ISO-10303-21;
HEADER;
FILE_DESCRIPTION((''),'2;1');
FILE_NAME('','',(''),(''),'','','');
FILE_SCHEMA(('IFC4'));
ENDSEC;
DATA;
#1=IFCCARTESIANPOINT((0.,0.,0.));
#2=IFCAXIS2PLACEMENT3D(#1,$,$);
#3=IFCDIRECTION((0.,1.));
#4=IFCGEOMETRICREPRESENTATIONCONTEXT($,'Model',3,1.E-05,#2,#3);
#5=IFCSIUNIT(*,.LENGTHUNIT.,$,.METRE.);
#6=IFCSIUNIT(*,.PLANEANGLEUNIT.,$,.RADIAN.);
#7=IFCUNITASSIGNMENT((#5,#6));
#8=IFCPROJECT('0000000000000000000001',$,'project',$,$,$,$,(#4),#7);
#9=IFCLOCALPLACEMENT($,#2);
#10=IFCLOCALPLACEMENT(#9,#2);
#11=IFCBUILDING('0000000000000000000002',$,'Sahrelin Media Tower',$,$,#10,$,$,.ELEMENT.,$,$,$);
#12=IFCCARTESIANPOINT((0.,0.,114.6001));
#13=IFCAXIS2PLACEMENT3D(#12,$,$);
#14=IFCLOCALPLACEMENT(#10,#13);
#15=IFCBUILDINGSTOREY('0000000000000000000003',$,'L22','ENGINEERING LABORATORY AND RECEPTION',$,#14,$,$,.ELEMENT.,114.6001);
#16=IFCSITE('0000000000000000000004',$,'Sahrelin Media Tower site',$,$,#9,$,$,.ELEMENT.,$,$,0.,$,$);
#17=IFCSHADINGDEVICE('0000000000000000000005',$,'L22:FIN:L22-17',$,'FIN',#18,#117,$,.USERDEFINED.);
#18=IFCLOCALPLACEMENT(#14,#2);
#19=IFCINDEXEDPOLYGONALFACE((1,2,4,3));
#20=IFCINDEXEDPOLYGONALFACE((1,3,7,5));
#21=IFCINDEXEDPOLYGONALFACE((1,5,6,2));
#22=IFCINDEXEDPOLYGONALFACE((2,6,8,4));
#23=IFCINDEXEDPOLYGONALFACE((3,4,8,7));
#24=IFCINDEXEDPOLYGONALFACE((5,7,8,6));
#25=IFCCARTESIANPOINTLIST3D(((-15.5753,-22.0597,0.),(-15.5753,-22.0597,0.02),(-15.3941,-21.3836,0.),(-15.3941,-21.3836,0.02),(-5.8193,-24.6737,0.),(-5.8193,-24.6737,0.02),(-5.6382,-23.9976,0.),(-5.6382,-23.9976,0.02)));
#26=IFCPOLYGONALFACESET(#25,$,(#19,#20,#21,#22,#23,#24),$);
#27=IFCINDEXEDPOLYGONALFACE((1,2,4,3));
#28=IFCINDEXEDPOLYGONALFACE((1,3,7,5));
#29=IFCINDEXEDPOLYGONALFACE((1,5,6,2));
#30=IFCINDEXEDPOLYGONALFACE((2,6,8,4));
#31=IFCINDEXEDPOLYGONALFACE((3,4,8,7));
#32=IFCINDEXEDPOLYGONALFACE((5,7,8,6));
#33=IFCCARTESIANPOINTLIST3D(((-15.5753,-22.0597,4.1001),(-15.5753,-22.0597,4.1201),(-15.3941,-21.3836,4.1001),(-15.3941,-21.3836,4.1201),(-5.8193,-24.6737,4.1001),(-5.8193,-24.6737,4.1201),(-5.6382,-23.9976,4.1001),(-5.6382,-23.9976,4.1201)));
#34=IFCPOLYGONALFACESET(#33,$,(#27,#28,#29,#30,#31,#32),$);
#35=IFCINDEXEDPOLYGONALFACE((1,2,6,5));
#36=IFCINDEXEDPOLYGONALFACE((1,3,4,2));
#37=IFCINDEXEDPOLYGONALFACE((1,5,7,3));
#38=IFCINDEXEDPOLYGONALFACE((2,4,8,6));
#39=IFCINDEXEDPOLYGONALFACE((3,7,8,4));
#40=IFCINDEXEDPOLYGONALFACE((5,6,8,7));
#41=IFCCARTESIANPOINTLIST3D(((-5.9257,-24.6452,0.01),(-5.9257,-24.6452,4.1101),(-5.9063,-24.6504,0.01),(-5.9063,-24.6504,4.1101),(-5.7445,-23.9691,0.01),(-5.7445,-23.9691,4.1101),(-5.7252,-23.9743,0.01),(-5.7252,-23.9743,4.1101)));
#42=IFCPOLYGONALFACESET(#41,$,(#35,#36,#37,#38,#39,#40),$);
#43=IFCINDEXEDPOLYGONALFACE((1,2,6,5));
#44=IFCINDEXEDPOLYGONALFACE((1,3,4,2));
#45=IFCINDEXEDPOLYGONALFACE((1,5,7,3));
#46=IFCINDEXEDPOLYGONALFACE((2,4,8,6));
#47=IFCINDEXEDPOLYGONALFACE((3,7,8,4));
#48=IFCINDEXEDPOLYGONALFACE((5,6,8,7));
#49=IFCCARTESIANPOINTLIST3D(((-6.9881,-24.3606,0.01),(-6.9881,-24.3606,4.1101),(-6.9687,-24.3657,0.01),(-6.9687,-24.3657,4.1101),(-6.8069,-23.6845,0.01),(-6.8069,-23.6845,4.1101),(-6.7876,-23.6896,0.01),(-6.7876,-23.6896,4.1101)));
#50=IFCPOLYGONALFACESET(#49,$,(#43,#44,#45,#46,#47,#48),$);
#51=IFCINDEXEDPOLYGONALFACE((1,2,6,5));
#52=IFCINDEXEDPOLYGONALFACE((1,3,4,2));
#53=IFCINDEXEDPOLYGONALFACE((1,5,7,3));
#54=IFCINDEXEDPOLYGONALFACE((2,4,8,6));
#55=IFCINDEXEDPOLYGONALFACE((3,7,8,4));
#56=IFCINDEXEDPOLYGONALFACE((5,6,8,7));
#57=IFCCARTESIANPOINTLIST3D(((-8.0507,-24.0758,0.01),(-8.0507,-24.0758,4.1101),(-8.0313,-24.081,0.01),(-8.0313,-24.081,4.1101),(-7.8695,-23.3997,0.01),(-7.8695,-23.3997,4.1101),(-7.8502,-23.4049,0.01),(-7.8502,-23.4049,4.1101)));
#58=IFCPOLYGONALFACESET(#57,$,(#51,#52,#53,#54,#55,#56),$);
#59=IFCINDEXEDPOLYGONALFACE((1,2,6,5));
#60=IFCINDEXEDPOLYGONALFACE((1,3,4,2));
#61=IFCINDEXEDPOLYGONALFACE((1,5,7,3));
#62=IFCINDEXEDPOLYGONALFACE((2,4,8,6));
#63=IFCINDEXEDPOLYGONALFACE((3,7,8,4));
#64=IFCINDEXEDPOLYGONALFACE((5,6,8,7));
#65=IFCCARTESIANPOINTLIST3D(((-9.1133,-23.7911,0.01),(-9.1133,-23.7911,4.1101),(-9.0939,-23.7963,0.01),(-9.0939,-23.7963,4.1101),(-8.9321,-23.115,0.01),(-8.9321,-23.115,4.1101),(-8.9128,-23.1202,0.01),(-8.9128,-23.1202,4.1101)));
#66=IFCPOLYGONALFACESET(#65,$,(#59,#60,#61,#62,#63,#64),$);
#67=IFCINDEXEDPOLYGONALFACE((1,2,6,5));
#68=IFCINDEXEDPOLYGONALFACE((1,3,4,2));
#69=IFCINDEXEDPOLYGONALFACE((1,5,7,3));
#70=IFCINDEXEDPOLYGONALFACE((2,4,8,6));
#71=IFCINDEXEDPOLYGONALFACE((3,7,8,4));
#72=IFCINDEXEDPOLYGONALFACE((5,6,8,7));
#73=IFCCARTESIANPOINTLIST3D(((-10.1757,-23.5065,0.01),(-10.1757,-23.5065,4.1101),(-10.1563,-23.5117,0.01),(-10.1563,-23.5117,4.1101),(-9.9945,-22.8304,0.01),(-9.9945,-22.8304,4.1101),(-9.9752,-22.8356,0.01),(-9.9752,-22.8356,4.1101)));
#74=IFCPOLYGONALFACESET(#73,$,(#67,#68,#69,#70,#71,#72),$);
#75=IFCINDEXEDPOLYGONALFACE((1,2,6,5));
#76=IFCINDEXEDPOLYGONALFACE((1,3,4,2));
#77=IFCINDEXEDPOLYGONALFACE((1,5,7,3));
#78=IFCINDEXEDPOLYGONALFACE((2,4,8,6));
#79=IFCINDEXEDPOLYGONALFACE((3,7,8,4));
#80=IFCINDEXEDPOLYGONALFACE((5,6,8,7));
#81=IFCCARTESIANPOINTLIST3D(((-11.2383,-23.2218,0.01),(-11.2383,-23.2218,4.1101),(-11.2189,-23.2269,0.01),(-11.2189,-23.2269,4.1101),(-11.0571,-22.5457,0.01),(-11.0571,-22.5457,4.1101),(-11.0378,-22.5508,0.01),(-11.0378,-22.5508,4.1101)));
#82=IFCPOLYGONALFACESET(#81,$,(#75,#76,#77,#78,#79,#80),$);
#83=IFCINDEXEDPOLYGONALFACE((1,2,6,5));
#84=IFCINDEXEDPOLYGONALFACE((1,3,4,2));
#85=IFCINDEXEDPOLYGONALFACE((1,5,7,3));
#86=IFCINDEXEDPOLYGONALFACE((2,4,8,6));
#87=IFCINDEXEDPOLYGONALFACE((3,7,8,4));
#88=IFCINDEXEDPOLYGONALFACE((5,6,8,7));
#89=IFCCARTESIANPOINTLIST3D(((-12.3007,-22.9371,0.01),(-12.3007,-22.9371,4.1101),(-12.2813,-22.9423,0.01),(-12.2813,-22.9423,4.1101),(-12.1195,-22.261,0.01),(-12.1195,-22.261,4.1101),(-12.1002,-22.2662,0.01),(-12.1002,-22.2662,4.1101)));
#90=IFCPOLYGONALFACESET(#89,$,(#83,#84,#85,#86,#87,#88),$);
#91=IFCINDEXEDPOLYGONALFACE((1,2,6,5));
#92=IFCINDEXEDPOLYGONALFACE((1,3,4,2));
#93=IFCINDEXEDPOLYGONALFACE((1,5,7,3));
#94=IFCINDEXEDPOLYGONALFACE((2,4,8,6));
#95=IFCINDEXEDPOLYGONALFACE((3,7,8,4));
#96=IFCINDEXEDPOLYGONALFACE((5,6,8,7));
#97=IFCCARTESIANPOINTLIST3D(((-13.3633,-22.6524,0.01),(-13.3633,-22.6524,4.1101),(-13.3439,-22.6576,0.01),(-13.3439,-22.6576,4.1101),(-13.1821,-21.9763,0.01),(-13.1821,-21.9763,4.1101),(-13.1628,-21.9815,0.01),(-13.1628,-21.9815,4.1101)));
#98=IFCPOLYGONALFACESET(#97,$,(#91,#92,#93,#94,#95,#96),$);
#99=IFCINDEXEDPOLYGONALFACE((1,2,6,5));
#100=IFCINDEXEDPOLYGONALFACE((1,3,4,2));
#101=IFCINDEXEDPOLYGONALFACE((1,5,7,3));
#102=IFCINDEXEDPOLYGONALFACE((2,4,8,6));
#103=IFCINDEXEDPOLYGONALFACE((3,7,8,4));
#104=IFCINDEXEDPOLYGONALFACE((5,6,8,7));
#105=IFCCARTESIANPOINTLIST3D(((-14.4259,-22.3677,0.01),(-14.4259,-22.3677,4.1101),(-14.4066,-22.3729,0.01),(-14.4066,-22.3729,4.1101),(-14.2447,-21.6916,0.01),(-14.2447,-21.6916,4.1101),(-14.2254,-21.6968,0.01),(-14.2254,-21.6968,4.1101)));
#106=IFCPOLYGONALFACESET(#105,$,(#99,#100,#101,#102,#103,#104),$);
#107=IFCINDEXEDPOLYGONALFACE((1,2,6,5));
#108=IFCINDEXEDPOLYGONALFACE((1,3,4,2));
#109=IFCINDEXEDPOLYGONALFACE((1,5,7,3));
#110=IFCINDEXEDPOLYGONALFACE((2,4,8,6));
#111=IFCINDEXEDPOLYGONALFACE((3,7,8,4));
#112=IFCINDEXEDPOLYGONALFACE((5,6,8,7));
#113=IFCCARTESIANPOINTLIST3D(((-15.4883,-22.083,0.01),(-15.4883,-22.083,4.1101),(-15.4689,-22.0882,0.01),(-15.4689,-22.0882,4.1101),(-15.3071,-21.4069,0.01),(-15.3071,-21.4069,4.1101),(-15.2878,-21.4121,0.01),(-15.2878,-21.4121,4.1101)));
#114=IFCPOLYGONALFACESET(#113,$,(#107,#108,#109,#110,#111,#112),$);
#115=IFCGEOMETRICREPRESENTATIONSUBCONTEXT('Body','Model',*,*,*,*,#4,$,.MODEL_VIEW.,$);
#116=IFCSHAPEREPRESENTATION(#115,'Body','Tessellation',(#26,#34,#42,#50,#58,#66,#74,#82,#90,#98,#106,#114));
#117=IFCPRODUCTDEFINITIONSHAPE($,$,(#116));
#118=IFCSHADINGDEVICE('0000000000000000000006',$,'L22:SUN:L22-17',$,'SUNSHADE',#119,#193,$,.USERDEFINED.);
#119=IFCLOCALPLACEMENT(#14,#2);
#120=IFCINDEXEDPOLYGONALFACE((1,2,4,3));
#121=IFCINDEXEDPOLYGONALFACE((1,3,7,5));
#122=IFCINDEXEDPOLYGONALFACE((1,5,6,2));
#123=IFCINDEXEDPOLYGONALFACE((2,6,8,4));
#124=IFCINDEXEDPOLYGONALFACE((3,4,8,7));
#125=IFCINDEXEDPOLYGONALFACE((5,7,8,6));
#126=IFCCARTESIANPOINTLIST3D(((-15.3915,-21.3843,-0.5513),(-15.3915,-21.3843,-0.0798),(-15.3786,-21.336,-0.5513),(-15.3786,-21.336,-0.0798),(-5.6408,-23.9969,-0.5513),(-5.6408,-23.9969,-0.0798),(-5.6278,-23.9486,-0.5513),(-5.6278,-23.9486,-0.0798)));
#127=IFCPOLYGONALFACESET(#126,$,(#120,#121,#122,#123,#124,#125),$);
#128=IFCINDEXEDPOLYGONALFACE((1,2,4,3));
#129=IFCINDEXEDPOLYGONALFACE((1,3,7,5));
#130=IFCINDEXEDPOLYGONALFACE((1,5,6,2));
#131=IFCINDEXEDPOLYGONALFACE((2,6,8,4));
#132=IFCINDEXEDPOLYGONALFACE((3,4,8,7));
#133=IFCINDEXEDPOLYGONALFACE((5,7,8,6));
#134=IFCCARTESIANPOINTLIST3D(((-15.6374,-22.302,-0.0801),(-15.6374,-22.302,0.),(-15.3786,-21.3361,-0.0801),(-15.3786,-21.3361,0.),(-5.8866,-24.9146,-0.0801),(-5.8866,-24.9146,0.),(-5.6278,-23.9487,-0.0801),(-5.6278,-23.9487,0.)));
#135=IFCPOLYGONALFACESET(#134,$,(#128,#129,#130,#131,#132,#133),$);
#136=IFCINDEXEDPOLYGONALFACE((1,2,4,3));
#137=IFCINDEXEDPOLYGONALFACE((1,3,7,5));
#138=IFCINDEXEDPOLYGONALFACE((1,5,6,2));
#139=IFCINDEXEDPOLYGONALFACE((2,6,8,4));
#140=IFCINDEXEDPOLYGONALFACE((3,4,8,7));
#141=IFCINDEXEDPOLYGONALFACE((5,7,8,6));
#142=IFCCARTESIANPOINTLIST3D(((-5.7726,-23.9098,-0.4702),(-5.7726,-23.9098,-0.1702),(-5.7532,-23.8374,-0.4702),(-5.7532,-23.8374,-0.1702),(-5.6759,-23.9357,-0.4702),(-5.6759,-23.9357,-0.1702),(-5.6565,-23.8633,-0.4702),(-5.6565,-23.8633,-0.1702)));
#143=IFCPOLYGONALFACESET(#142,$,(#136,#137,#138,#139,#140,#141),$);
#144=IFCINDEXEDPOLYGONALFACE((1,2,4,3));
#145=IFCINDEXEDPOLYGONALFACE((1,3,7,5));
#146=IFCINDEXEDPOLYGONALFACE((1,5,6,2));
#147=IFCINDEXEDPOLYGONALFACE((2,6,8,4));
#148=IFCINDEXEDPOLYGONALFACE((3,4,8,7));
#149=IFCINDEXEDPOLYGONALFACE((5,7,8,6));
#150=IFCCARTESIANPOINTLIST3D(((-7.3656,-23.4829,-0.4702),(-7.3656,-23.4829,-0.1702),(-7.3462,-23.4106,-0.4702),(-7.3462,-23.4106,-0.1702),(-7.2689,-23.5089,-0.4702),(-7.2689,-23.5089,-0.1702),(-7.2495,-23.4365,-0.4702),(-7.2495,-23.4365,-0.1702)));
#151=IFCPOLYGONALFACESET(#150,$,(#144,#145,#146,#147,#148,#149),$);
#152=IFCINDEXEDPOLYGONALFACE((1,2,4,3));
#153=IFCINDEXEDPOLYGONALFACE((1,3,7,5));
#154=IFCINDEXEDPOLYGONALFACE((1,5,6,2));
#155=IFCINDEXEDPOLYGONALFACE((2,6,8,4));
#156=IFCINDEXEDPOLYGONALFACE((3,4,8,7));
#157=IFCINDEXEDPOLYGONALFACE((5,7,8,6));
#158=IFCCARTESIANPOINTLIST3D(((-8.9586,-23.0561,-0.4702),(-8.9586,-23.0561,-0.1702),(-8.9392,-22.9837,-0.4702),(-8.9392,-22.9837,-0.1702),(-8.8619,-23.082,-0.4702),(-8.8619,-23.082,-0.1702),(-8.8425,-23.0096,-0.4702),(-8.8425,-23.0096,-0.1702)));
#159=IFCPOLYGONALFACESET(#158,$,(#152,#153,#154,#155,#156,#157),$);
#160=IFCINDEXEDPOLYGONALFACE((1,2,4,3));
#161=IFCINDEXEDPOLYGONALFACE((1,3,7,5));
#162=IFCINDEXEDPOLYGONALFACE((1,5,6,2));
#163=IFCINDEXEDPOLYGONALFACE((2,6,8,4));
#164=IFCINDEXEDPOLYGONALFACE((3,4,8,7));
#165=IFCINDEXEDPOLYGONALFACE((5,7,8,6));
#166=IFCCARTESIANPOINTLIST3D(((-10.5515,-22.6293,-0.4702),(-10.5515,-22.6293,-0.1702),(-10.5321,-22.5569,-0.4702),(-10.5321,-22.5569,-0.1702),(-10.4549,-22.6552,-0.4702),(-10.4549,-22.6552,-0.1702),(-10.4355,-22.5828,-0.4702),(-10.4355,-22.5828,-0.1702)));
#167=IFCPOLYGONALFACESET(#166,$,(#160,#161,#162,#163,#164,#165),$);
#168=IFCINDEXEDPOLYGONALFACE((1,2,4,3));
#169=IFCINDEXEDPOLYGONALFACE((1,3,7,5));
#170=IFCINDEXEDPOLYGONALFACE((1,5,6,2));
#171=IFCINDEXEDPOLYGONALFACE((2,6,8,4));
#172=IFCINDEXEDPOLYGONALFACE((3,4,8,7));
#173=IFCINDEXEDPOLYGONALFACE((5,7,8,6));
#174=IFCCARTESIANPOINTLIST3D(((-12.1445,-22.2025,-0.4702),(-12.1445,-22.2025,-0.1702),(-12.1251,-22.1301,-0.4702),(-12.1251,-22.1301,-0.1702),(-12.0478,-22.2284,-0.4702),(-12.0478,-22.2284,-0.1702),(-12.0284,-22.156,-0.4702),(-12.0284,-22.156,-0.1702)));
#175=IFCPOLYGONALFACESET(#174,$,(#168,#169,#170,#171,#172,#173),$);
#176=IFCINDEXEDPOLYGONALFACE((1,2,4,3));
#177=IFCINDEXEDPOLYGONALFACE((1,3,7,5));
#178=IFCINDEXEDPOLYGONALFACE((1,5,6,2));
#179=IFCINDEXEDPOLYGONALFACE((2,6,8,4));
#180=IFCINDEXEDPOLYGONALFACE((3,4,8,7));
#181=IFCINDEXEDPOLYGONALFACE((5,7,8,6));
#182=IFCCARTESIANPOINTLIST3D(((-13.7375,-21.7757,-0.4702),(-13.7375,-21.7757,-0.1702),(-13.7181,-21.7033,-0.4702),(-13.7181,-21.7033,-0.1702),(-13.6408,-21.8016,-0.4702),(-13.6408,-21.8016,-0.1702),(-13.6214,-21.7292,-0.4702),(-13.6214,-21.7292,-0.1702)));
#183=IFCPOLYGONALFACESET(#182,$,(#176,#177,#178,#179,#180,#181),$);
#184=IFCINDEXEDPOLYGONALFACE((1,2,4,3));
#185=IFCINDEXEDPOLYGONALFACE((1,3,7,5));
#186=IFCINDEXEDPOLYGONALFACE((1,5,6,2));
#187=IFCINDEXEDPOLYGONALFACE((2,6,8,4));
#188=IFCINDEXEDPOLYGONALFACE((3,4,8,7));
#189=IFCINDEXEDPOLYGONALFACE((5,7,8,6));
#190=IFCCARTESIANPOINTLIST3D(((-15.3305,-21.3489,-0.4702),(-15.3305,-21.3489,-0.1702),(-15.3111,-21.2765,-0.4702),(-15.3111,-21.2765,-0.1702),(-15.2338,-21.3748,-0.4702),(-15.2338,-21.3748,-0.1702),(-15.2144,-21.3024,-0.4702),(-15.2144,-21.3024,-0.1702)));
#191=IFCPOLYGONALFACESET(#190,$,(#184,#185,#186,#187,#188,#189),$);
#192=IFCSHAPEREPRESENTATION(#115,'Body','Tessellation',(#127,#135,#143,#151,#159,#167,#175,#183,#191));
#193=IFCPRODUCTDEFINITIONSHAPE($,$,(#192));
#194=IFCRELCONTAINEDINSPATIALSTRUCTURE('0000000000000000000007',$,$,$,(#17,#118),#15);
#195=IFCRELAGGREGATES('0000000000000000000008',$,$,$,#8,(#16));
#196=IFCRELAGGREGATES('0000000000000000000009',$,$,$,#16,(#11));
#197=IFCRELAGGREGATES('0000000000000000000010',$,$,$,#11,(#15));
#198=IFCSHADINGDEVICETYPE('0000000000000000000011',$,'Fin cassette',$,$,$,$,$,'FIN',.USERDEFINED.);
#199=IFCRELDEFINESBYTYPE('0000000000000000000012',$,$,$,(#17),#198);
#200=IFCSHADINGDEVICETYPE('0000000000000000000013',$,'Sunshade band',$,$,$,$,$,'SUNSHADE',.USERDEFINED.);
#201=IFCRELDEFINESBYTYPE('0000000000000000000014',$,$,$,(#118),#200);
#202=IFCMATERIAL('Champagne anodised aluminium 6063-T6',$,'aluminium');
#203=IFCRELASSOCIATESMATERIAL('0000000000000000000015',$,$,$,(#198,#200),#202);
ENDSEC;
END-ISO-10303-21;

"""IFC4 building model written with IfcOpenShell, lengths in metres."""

from ifc_helpers import new_model, si_unit, direction, frame, origin, origin_2d, place, context, subcontext, project, spatial, rectangle, extrude, material, type_object, element, save


model = new_model("IFC4")

# Units and contexts
model_context = context("Model", 3, precision=1e-05, world=origin(), true_north=direction((0.0, 1.0)))
body_context = subcontext(model_context, "Body", "Model", "MODEL_VIEW")
ifc_project = project(units=[si_unit("LENGTHUNIT", "METRE"), si_unit("PLANEANGLEUNIT", "RADIAN")], contexts=[model_context])

# Site, building, storey
site_placement = place(None, origin())
site = spatial("IfcSite", under=ifc_project, at=site_placement, Name="Sahrelin Media Tower site", CompositionType="ELEMENT", RefElevation=0.0)
building_placement = place(site_placement, origin())
building = spatial("IfcBuilding", under=site, at=building_placement, Name="Sahrelin Media Tower", CompositionType="ELEMENT")
storey_placement = place(building_placement, frame((0.0, 0.0, 114.6001)))
storey = spatial("IfcBuildingStorey", under=building, at=storey_placement, Name="L22", Description="ENGINEERING LABORATORY AND RECEPTION", CompositionType="ELEMENT", Elevation=114.6001)

# Shared definitions
ifc_material_1 = material(Name="Champagne anodised aluminium 6063-T6", Category="aluminium")

# Shading devices
shading_device_type_1 = type_object("IfcShadingDeviceType", Name="Fin cassette", ElementType="FIN", PredefinedType="USERDEFINED", material=ifc_material_1)
placement = place(storey_placement, frame((-10.498, -22.623, 0.0), z_axis=(0.0, 0.0, 1.0), x_axis=(-0.965929, 0.258808, 0.0)))
element("IfcShadingDevice", 1, at=placement, inside=storey, type_object=shading_device_type_1, Name="L22:FIN:L22-17", ObjectType="FIN", PredefinedType="USERDEFINED", context=body_context, shape_type="SweptSolid", body=[
    extrude(rectangle(XDim=10.1001, YDim=0.7, at=origin_2d()), frame((0.0, 0.4199, 0.0)), (0.0, 0.0, 1.0), 0.02),
    extrude(rectangle(XDim=10.1001, YDim=0.7, at=origin_2d()), frame((0.0, 0.4199, 4.1001)), (0.0, 0.0, 1.0), 0.02),
    extrude(rectangle(XDim=0.02, YDim=0.7, at=origin_2d()), frame((-4.95, 0.4199, 0.01), z_axis=(0.0, 0.0, 1.0), x_axis=(1.0, 0.0, 0.0)), (0.0, 0.0, 1.0), 4.1001),
    extrude(rectangle(XDim=0.02, YDim=0.7, at=origin_2d()), frame((-3.8501, 0.4199, 0.01), z_axis=(0.0, 0.0, 1.0), x_axis=(1.0, 0.0, 0.0)), (0.0, 0.0, 1.0), 4.1001),
    extrude(rectangle(XDim=0.02, YDim=0.7, at=origin_2d()), frame((-2.75, 0.4199, 0.01), z_axis=(0.0, 0.0, 1.0), x_axis=(1.0, 0.0, 0.0)), (0.0, 0.0, 1.0), 4.1001),
    extrude(rectangle(XDim=0.02, YDim=0.7, at=origin_2d()), frame((-1.6499, 0.4199, 0.01), z_axis=(0.0, 0.0, 1.0), x_axis=(1.0, 0.0, 0.0)), (0.0, 0.0, 1.0), 4.1001),
    extrude(rectangle(XDim=0.02, YDim=0.7, at=origin_2d()), frame((-0.55, 0.4199, 0.01), z_axis=(0.0, 0.0, 1.0), x_axis=(1.0, 0.0, 0.0)), (0.0, 0.0, 1.0), 4.1001),
    extrude(rectangle(XDim=0.02, YDim=0.7, at=origin_2d()), frame((0.55, 0.4199, 0.01), z_axis=(0.0, 0.0, 1.0), x_axis=(1.0, 0.0, 0.0)), (0.0, 0.0, 1.0), 4.1001),
    extrude(rectangle(XDim=0.02, YDim=0.7, at=origin_2d()), frame((1.6499, 0.4199, 0.01), z_axis=(0.0, 0.0, 1.0), x_axis=(1.0, 0.0, 0.0)), (0.0, 0.0, 1.0), 4.1001),
    extrude(rectangle(XDim=0.02, YDim=0.7, at=origin_2d()), frame((2.75, 0.4199, 0.01), z_axis=(0.0, 0.0, 1.0), x_axis=(1.0, 0.0, 0.0)), (0.0, 0.0, 1.0), 4.1001),
    extrude(rectangle(XDim=0.02, YDim=0.7, at=origin_2d()), frame((3.8501, 0.4199, 0.01), z_axis=(0.0, 0.0, 1.0), x_axis=(1.0, 0.0, 0.0)), (0.0, 0.0, 1.0), 4.1001),
    extrude(rectangle(XDim=0.02, YDim=0.7, at=origin_2d()), frame((4.95, 0.4199, 0.01), z_axis=(0.0, 0.0, 1.0), x_axis=(1.0, 0.0, 0.0)), (0.0, 0.0, 1.0), 4.1001),
])
shading_device_type_2 = type_object("IfcShadingDeviceType", Name="Sunshade band", ElementType="SUNSHADE", PredefinedType="USERDEFINED", material=ifc_material_1)
element("IfcShadingDevice", 2, at=placement, inside=storey, type_object=shading_device_type_2, Name="L22:SUN:L22-17", ObjectType="SUNSHADE", PredefinedType="USERDEFINED", context=body_context, shape_type="SweptSolid", body=[
    extrude(rectangle(XDim=10.0947, YDim=0.05, at=origin_2d()), frame((0.0, 0.0449, -0.5513)), (0.0, 0.0, 1.0), 0.4714),
    extrude(rectangle(XDim=10.0947, YDim=1.0, at=origin_2d()), frame((0.0, 0.52, -0.0801)), (0.0, 0.0, 1.0), 0.0801),
    extrude(rectangle(XDim=0.1001, YDim=0.075, at=origin_2d()), frame((-4.9475, -0.0176, -0.4702)), (0.0, 0.0, 1.0), 0.3),
    extrude(rectangle(XDim=0.1001, YDim=0.075, at=origin_2d()), frame((-3.2983, -0.0176, -0.4702)), (0.0, 0.0, 1.0), 0.3),
    extrude(rectangle(XDim=0.1001, YDim=0.075, at=origin_2d()), frame((-1.6492, -0.0176, -0.4702)), (0.0, 0.0, 1.0), 0.3),
    extrude(rectangle(XDim=0.1001, YDim=0.075, at=origin_2d()), frame((0.0, -0.0176, -0.4702)), (0.0, 0.0, 1.0), 0.3),
    extrude(rectangle(XDim=0.1001, YDim=0.075, at=origin_2d()), frame((1.6492, -0.0176, -0.4702)), (0.0, 0.0, 1.0), 0.3),
    extrude(rectangle(XDim=0.1001, YDim=0.075, at=origin_2d()), frame((3.2983, -0.0176, -0.4702)), (0.0, 0.0, 1.0), 0.3),
    extrude(rectangle(XDim=0.1001, YDim=0.075, at=origin_2d()), frame((4.9475, -0.0176, -0.4702)), (0.0, 0.0, 1.0), 0.3),
])

save(model, "model.ifc")
